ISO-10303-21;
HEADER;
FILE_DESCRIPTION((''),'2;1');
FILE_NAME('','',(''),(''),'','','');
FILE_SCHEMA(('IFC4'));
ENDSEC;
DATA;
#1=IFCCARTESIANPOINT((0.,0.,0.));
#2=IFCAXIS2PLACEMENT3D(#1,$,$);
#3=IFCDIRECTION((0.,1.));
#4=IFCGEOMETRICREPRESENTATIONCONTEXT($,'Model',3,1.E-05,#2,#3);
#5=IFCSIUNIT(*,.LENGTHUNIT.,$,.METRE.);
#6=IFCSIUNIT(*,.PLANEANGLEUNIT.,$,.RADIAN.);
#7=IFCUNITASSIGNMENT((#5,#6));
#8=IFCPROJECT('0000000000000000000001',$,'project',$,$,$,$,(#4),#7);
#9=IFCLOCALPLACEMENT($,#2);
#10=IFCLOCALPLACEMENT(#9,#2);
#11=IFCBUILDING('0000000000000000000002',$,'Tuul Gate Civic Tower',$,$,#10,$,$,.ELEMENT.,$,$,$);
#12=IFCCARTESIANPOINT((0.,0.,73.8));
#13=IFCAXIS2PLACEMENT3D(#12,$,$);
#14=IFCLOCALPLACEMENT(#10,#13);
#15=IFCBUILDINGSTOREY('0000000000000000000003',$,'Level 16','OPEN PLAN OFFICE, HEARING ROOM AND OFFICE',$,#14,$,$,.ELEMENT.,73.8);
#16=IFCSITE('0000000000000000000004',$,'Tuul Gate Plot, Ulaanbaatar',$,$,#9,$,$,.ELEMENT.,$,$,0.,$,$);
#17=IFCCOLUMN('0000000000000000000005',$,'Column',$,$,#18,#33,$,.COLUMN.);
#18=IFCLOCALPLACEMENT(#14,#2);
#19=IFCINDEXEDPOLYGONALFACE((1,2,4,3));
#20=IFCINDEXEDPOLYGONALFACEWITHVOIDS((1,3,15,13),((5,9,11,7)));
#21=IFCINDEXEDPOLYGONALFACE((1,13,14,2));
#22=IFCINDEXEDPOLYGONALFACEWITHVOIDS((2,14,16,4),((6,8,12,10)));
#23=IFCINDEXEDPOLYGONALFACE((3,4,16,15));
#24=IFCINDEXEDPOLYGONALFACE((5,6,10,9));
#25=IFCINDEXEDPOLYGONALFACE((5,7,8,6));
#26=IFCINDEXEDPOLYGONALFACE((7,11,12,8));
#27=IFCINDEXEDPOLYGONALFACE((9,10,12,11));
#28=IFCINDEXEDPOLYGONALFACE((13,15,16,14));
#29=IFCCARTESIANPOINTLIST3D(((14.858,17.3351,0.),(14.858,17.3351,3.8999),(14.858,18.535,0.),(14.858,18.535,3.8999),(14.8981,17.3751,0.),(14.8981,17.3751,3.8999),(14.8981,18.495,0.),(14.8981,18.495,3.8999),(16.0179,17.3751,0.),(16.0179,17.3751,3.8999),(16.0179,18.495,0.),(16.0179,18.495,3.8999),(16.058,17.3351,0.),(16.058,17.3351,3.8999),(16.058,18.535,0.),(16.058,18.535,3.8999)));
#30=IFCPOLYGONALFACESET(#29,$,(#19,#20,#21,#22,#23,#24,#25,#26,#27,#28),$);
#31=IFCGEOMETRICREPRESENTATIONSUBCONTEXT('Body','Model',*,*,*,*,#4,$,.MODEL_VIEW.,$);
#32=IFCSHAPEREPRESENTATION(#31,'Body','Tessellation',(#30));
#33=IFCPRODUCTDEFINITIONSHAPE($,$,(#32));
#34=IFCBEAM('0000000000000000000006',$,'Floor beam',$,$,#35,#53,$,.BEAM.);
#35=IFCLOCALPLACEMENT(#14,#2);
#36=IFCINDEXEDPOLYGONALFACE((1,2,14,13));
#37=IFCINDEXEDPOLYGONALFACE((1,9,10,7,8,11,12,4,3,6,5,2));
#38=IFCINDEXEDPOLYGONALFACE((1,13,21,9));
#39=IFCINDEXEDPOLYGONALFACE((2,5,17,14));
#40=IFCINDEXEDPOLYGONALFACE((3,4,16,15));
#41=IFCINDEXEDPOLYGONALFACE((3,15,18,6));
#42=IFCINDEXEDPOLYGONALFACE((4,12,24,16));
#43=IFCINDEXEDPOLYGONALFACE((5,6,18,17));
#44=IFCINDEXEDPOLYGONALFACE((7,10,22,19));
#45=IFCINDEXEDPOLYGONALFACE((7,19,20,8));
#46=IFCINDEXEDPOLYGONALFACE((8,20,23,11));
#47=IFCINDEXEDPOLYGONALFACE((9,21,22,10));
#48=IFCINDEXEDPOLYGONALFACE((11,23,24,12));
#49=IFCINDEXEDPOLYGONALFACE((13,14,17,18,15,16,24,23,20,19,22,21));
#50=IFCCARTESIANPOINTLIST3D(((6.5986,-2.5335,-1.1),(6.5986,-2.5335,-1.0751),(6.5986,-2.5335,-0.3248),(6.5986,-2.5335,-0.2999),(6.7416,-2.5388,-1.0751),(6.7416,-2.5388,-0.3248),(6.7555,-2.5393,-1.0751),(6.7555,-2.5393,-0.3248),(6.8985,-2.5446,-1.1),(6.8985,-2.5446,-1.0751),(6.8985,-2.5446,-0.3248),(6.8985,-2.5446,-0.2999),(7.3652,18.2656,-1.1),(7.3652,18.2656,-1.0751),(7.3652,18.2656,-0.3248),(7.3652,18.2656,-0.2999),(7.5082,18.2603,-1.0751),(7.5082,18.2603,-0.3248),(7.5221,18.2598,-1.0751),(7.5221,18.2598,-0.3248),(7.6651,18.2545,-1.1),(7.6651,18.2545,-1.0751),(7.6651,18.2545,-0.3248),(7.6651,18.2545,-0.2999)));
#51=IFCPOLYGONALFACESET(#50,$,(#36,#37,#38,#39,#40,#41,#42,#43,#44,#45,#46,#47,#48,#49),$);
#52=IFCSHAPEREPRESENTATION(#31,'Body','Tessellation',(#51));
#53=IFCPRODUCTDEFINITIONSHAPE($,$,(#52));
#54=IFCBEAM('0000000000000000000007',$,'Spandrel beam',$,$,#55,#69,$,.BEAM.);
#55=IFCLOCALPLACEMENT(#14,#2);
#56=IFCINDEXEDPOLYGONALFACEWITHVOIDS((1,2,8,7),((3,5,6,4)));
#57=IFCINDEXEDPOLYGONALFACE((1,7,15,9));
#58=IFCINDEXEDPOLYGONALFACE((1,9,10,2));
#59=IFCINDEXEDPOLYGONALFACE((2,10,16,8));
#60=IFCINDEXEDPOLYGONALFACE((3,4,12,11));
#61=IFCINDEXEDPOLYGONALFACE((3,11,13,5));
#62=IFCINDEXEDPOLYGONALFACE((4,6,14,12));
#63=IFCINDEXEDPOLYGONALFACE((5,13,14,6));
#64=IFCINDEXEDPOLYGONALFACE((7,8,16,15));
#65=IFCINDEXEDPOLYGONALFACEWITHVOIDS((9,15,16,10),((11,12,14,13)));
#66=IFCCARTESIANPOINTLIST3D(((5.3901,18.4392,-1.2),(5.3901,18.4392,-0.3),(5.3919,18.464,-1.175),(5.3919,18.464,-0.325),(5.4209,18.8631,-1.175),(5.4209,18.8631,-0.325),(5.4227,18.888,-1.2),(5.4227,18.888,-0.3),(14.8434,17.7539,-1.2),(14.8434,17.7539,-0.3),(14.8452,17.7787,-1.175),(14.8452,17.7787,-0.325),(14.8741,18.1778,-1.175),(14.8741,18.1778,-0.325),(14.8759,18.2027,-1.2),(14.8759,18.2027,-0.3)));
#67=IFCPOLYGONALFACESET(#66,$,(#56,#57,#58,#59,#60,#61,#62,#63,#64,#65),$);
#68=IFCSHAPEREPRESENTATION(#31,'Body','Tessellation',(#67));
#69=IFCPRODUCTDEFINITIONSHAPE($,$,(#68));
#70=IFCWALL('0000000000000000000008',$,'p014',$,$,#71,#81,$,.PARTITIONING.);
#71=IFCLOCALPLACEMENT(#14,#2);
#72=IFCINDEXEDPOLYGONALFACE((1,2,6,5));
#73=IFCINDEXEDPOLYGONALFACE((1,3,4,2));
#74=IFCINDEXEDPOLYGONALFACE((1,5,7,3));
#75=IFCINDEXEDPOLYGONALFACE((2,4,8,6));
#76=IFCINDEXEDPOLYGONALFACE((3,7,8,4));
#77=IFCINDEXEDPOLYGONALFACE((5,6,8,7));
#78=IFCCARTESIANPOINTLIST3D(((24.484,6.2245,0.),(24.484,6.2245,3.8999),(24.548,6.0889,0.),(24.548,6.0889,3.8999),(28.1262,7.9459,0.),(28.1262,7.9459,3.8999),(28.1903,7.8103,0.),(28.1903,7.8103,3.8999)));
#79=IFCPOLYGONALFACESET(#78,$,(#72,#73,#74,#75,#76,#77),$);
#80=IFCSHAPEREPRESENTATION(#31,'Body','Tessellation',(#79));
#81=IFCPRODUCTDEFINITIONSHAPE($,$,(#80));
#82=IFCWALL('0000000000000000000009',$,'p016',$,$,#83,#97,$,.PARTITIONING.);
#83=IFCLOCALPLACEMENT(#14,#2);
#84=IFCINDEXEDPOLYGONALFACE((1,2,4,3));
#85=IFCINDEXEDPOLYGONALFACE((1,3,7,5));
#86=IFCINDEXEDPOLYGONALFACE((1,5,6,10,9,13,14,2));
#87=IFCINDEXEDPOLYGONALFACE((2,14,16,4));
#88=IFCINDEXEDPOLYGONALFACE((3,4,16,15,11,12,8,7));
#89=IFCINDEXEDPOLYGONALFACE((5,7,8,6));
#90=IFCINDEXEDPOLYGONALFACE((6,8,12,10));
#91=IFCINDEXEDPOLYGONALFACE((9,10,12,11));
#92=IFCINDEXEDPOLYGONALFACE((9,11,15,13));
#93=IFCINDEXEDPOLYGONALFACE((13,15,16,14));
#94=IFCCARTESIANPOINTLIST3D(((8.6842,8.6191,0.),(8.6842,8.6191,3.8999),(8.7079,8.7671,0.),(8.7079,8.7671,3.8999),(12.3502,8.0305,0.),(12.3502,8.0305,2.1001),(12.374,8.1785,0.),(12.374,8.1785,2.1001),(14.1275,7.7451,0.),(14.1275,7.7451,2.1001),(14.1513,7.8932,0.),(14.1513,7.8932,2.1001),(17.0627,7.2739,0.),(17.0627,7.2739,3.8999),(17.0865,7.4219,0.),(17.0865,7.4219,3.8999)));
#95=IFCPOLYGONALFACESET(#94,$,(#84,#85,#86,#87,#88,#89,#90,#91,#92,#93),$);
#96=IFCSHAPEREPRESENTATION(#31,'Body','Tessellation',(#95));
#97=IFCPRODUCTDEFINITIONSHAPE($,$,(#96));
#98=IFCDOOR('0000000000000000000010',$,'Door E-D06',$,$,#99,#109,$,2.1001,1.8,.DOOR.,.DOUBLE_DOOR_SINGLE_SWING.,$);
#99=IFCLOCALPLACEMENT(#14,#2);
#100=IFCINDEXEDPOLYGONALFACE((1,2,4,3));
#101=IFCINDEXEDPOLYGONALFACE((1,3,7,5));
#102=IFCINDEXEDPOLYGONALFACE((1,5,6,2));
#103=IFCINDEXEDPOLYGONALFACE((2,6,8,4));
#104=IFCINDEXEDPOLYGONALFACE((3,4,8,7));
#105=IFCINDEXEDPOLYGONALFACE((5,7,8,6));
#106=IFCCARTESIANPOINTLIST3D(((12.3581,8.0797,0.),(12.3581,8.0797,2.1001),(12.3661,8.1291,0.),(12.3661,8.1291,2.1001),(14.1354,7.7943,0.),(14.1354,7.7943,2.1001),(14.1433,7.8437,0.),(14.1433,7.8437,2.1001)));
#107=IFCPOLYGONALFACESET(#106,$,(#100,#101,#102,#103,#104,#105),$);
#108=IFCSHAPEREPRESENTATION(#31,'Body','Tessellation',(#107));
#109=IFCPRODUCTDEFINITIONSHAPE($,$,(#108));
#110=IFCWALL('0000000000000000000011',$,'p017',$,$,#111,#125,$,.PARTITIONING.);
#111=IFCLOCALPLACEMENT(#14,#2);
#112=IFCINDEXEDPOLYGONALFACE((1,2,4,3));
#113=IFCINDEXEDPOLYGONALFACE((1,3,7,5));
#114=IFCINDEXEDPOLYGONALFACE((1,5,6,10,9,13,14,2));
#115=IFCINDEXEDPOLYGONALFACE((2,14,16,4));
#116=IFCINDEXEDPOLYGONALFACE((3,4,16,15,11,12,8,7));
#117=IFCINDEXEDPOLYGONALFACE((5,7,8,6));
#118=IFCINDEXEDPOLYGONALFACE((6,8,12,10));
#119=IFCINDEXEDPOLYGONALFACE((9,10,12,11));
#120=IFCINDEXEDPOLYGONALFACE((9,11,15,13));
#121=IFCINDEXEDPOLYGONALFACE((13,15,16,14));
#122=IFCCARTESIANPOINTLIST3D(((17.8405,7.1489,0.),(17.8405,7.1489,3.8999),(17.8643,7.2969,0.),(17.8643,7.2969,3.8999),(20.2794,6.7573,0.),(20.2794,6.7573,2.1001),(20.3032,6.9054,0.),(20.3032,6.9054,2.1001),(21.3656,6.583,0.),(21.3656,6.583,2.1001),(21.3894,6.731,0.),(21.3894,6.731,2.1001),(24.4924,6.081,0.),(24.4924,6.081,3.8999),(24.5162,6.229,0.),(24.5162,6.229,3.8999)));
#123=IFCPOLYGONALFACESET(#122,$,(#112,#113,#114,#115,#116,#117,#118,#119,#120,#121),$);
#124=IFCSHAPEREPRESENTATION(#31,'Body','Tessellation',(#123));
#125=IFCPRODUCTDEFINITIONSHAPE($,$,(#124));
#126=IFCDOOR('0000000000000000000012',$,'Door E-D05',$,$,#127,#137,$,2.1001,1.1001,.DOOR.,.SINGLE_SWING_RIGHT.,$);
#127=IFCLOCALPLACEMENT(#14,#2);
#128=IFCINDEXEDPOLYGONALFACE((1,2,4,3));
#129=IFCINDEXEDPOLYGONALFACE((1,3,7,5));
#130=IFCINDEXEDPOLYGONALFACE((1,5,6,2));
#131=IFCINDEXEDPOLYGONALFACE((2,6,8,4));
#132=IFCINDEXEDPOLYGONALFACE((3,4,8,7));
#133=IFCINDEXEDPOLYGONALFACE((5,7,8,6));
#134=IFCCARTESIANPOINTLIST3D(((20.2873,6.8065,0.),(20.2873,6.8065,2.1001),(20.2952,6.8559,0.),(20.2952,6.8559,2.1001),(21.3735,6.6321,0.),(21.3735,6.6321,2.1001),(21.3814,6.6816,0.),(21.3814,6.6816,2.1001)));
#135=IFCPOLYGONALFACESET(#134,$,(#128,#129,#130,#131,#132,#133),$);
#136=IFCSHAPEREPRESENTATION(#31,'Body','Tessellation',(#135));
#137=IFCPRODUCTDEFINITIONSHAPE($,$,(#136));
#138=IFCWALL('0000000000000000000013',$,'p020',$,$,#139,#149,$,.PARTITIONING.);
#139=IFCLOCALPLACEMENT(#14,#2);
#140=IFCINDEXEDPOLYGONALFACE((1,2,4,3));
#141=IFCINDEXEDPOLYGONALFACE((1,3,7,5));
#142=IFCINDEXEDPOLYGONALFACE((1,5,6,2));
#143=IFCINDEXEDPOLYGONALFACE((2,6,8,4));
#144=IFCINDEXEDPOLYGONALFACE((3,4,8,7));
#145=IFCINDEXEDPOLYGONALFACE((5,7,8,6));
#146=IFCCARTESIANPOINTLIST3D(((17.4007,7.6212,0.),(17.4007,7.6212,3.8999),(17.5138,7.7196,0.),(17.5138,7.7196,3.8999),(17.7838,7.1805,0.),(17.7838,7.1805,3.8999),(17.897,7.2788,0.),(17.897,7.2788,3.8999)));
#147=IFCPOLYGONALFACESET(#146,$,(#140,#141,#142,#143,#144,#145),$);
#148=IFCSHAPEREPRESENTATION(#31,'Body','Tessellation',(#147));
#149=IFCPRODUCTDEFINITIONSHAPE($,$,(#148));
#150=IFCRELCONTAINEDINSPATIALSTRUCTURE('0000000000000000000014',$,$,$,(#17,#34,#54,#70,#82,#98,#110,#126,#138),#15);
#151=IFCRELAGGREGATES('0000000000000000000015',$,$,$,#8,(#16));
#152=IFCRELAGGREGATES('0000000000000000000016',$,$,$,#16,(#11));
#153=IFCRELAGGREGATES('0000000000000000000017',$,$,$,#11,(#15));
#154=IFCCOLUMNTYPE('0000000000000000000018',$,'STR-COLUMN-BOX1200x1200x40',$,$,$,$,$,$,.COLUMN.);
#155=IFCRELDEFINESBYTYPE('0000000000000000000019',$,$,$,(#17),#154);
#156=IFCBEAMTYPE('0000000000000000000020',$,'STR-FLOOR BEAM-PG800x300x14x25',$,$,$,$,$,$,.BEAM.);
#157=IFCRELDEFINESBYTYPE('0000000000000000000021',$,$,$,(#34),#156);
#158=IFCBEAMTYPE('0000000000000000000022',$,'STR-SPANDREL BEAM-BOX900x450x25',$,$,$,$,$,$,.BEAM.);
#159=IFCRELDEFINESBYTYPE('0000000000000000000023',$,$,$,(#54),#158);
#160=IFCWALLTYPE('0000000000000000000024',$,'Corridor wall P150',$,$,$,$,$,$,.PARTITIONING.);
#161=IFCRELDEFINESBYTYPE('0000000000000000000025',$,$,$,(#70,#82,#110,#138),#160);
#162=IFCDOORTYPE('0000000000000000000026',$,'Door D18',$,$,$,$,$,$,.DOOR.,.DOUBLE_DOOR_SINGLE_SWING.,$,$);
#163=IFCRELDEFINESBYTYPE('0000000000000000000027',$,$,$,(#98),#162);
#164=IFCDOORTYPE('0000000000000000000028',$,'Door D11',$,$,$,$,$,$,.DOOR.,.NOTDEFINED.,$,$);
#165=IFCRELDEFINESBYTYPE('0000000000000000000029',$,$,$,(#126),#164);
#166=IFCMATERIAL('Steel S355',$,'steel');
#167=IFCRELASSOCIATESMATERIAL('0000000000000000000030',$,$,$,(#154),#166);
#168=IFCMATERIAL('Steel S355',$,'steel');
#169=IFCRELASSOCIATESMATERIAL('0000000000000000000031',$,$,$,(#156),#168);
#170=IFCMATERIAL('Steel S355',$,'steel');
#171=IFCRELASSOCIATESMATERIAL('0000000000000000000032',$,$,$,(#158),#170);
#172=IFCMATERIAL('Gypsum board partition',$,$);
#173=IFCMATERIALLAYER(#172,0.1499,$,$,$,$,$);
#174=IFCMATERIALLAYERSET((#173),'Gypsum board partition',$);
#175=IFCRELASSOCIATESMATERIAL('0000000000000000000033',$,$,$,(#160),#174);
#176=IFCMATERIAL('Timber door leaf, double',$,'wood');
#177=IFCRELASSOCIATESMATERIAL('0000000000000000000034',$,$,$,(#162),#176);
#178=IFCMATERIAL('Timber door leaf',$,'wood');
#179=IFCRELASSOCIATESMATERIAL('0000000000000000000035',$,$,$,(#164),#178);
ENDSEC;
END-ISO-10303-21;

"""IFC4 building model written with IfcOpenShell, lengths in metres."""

from ifc_helpers import new_model, si_unit, direction, frame, frame_2d, origin, origin_2d, place, context, subcontext, project, spatial, rectangle, hollow_rectangle, i_section, extrude, material, layer, layer_set, material_profile, profile_set, type_object, element, fill, save


model = new_model("IFC4")

# Units and contexts
model_context = context("Model", 3, precision=1e-05, world=origin(), true_north=direction((0.0, 1.0)))
body_context = subcontext(model_context, "Body", "Model", "MODEL_VIEW")
ifc_project = project(units=[si_unit("LENGTHUNIT", "METRE"), si_unit("PLANEANGLEUNIT", "RADIAN")], contexts=[model_context])

# Site, building, storey
site_placement = place(None, origin())
site = spatial("IfcSite", under=ifc_project, at=site_placement, Name="Tuul Gate Plot, Ulaanbaatar", CompositionType="ELEMENT", RefElevation=0.0)
building_placement = place(site_placement, origin())
building = spatial("IfcBuilding", under=site, at=building_placement, Name="Tuul Gate Civic Tower", CompositionType="ELEMENT")
storey_placement = place(building_placement, frame((0.0, 0.0, 73.8)))
storey = spatial("IfcBuildingStorey", under=building, at=storey_placement, Name="Level 16", Description="OPEN PLAN OFFICE, HEARING ROOM AND OFFICE", CompositionType="ELEMENT", Elevation=73.8)

# Column
ifc_material_1 = material(Name="Steel S355", Category="steel")
ifc_material_profile_1 = material_profile(ifc_material_1, hollow_rectangle(XDim=1.2, YDim=1.2, WallThickness=0.04, at=origin_2d()), Name="BOX1200x1200x40")
ifc_profile_set_1 = profile_set([ifc_material_profile_1], Name="Steel S355")
column_type = type_object("IfcColumnType", Name="STR-COLUMN-BOX1200x1200x40", PredefinedType="COLUMN", material=ifc_profile_set_1)
column_placement = place(storey_placement, frame((15.458, 17.9351, 0.0), z_axis=(0.0, 0.0, 1.0), x_axis=(1.0, 0.0, 0.0)))
element("IfcColumn", 1, at=column_placement, inside=storey, type_object=column_type, Name="Column", PredefinedType="COLUMN", context=body_context, shape_type="SweptSolid", body=[
    extrude(hollow_rectangle(XDim=1.2, YDim=1.2, WallThickness=0.04, at=origin_2d()), origin(), (0.0, 0.0, 1.0), 3.8999),
])

# Beams
ifc_material_2 = material(Name="Steel S355", Category="steel")
ifc_material_profile_2 = material_profile(ifc_material_2, i_section(OverallWidth=0.3, OverallDepth=0.8, WebThickness=0.0139, FlangeThickness=0.0249, at=origin_2d()), Name="PG800x300x14x25")
ifc_profile_set_2 = profile_set([ifc_material_profile_2], Name="Steel S355")
beam_type_1 = type_object("IfcBeamType", Name="STR-FLOOR BEAM-PG800x300x14x25", PredefinedType="BEAM", material=ifc_profile_set_2)
beam_1_placement = place(storey_placement, frame((6.7485, -2.5391, -0.7), z_axis=(0.036832, 0.999321, 0.0), x_axis=(-0.999321, 0.036832, 0.0)))
element("IfcBeam", 2, at=beam_1_placement, inside=storey, type_object=beam_type_1, Name="Floor beam", PredefinedType="BEAM", context=body_context, shape_type="SweptSolid", body=[
    extrude(i_section(OverallWidth=0.3, OverallDepth=0.8, WebThickness=0.0139, FlangeThickness=0.0249, at=origin_2d()), origin(), (0.0, 0.0, 1.0), 20.8132),
])
ifc_material_3 = material(Name="Steel S355", Category="steel")
ifc_material_profile_3 = material_profile(ifc_material_3, hollow_rectangle(XDim=0.45, YDim=0.8999, WallThickness=0.0249, at=origin_2d()), Name="BOX900x450x25")
ifc_profile_set_3 = profile_set([ifc_material_profile_3], Name="Steel S355")
beam_type_2 = type_object("IfcBeamType", Name="STR-SPANDREL BEAM-BOX900x450x25", PredefinedType="BEAM", material=ifc_profile_set_3)
beam_2_placement = place(storey_placement, frame((14.8596, 17.9783, -0.75), z_axis=(-0.997383, 0.072305, 0.0), x_axis=(-0.072305, -0.997383, 0.0)))
element("IfcBeam", 3, at=beam_2_placement, inside=storey, type_object=beam_type_2, Name="Spandrel beam", PredefinedType="BEAM", context=body_context, shape_type="SweptSolid", body=[
    extrude(hollow_rectangle(XDim=0.45, YDim=0.8999, WallThickness=0.0249, at=origin_2d()), origin(), (0.0, 0.0, 1.0), 9.478),
])

# Wall
ifc_material_4 = material(Name="Gypsum board partition")
ifc_layer_1 = layer(ifc_material_4, 0.1499)
ifc_layer_set_1 = layer_set([ifc_layer_1], Name="Gypsum board partition")
wall_type_1 = type_object("IfcWallType", Name="Corridor wall P150", PredefinedType="PARTITIONING", material=ifc_layer_set_1)
wall_1_placement = place(storey_placement, frame((24.5161, 6.1567, 0.0), z_axis=(0.0, 0.0, 1.0), x_axis=(0.90411, 0.427299, 0.0)))
element("IfcWall", 4, at=wall_1_placement, inside=storey, type_object=wall_type_1, Name="p014", PredefinedType="PARTITIONING", context=body_context, shape_type="SweptSolid", body=[
    extrude(rectangle(XDim=4.0286, YDim=0.1499, at=frame_2d((2.0142, 0.0))), origin(), (0.0, 0.0, 1.0), 3.8999),
])

# Walls, openings, doors
wall_2_placement = place(storey_placement, frame((8.696, 8.6931, 0.0), z_axis=(0.0, 0.0, 1.0), x_axis=(0.987355, -0.158527, 0.0)))
wall_2 = element("IfcWall", 5, at=wall_2_placement, inside=storey, type_object=wall_type_1, Name="p016", PredefinedType="PARTITIONING", context=body_context, shape_type="SweptSolid", body=[
    extrude(rectangle(XDim=8.4858, YDim=0.1499, at=frame_2d((4.2429, 0.0))), origin(), (0.0, 0.0, 1.0), 3.8999),
])
opening_1_placement = place(wall_2_placement, frame((3.7131, 0.0, 0.0)))
opening_1 = element("IfcOpeningElement", 6, at=opening_1_placement, cuts=wall_2, PredefinedType="OPENING", context=body_context, shape_type="SweptSolid", body=[
    extrude(rectangle(XDim=1.8, YDim=2.1001, at=frame_2d((0.8999, 1.05))), frame((0.0, 0.085, 0.0), z_axis=(0.0, -1.0, 0.0), x_axis=(1.0, 0.0, 0.0)), (0.0, 0.0, 1.0), 0.1699),
])
ifc_material_5 = material(Name="Timber door leaf, double", Category="wood")
door_type_1 = type_object("IfcDoorType", Name="Door D18", OperationType="DOUBLE_DOOR_SINGLE_SWING", PredefinedType="DOOR", material=ifc_material_5)
door_1_placement = place(opening_1_placement, origin())
door_1 = element("IfcDoor", 7, at=door_1_placement, inside=storey, type_object=door_type_1, Name="Door E-D06", OperationType="DOUBLE_DOOR_SINGLE_SWING", OverallHeight=2.1001, OverallWidth=1.8, PredefinedType="DOOR", context=body_context, shape_type="SweptSolid", body=[
    extrude(rectangle(XDim=1.8, YDim=2.1001, at=frame_2d((0.8999, 1.05))), frame((0.0, 0.0249, 0.0), z_axis=(0.0, -1.0, 0.0), x_axis=(1.0, 0.0, 0.0)), (0.0, 0.0, 1.0), 0.05),
])
fill(opening_1, door_1)
wall_3_placement = place(storey_placement, frame((17.8523, 7.2229, 0.0), z_axis=(0.0, 0.0, 1.0), x_axis=(0.987358, -0.158508, 0.0)))
wall_3 = element("IfcWall", 8, at=wall_3_placement, inside=storey, type_object=wall_type_1, Name="p017", PredefinedType="PARTITIONING", context=body_context, shape_type="SweptSolid", body=[
    extrude(rectangle(XDim=6.7371, YDim=0.1499, at=frame_2d((3.3687, 0.0))), origin(), (0.0, 0.0, 1.0), 3.8999),
])
opening_2_placement = place(wall_3_placement, frame((2.4702, 0.0, 0.0)))
opening_2 = element("IfcOpeningElement", 9, at=opening_2_placement, cuts=wall_3, PredefinedType="OPENING", context=body_context, shape_type="SweptSolid", body=[
    extrude(rectangle(XDim=1.1001, YDim=2.1001, at=frame_2d((0.55, 1.05))), frame((0.0, 0.085, 0.0), z_axis=(0.0, -1.0, 0.0), x_axis=(1.0, 0.0, 0.0)), (0.0, 0.0, 1.0), 0.1699),
])
ifc_material_6 = material(Name="Timber door leaf", Category="wood")
door_type_2 = type_object("IfcDoorType", Name="Door D11", OperationType="NOTDEFINED", PredefinedType="DOOR", material=ifc_material_6)
door_2_placement = place(opening_2_placement, origin())
door_2 = element("IfcDoor", 10, at=door_2_placement, inside=storey, type_object=door_type_2, Name="Door E-D05", OperationType="SINGLE_SWING_RIGHT", OverallHeight=2.1001, OverallWidth=1.1001, PredefinedType="DOOR", context=body_context, shape_type="SweptSolid", body=[
    extrude(rectangle(XDim=1.1001, YDim=2.1001, at=frame_2d((0.55, 1.05))), frame((0.0, 0.0249, 0.0), z_axis=(0.0, -1.0, 0.0), x_axis=(1.0, 0.0, 0.0)), (0.0, 0.0, 1.0), 0.05),
])
fill(opening_2, door_2)

# Wall
wall_4_placement = place(storey_placement, frame((17.4573, 7.6704, 0.0), z_axis=(0.0, 0.0, 1.0), x_axis=(0.656044, -0.754723, 0.0)))
element("IfcWall", 11, at=wall_4_placement, inside=storey, type_object=wall_type_1, Name="p020", PredefinedType="PARTITIONING", context=body_context, shape_type="SweptSolid", body=[
    extrude(rectangle(XDim=0.584, YDim=0.1499, at=frame_2d((0.292, 0.0))), origin(), (0.0, 0.0, 1.0), 3.8999),
])

save(model, "model.ifc")
